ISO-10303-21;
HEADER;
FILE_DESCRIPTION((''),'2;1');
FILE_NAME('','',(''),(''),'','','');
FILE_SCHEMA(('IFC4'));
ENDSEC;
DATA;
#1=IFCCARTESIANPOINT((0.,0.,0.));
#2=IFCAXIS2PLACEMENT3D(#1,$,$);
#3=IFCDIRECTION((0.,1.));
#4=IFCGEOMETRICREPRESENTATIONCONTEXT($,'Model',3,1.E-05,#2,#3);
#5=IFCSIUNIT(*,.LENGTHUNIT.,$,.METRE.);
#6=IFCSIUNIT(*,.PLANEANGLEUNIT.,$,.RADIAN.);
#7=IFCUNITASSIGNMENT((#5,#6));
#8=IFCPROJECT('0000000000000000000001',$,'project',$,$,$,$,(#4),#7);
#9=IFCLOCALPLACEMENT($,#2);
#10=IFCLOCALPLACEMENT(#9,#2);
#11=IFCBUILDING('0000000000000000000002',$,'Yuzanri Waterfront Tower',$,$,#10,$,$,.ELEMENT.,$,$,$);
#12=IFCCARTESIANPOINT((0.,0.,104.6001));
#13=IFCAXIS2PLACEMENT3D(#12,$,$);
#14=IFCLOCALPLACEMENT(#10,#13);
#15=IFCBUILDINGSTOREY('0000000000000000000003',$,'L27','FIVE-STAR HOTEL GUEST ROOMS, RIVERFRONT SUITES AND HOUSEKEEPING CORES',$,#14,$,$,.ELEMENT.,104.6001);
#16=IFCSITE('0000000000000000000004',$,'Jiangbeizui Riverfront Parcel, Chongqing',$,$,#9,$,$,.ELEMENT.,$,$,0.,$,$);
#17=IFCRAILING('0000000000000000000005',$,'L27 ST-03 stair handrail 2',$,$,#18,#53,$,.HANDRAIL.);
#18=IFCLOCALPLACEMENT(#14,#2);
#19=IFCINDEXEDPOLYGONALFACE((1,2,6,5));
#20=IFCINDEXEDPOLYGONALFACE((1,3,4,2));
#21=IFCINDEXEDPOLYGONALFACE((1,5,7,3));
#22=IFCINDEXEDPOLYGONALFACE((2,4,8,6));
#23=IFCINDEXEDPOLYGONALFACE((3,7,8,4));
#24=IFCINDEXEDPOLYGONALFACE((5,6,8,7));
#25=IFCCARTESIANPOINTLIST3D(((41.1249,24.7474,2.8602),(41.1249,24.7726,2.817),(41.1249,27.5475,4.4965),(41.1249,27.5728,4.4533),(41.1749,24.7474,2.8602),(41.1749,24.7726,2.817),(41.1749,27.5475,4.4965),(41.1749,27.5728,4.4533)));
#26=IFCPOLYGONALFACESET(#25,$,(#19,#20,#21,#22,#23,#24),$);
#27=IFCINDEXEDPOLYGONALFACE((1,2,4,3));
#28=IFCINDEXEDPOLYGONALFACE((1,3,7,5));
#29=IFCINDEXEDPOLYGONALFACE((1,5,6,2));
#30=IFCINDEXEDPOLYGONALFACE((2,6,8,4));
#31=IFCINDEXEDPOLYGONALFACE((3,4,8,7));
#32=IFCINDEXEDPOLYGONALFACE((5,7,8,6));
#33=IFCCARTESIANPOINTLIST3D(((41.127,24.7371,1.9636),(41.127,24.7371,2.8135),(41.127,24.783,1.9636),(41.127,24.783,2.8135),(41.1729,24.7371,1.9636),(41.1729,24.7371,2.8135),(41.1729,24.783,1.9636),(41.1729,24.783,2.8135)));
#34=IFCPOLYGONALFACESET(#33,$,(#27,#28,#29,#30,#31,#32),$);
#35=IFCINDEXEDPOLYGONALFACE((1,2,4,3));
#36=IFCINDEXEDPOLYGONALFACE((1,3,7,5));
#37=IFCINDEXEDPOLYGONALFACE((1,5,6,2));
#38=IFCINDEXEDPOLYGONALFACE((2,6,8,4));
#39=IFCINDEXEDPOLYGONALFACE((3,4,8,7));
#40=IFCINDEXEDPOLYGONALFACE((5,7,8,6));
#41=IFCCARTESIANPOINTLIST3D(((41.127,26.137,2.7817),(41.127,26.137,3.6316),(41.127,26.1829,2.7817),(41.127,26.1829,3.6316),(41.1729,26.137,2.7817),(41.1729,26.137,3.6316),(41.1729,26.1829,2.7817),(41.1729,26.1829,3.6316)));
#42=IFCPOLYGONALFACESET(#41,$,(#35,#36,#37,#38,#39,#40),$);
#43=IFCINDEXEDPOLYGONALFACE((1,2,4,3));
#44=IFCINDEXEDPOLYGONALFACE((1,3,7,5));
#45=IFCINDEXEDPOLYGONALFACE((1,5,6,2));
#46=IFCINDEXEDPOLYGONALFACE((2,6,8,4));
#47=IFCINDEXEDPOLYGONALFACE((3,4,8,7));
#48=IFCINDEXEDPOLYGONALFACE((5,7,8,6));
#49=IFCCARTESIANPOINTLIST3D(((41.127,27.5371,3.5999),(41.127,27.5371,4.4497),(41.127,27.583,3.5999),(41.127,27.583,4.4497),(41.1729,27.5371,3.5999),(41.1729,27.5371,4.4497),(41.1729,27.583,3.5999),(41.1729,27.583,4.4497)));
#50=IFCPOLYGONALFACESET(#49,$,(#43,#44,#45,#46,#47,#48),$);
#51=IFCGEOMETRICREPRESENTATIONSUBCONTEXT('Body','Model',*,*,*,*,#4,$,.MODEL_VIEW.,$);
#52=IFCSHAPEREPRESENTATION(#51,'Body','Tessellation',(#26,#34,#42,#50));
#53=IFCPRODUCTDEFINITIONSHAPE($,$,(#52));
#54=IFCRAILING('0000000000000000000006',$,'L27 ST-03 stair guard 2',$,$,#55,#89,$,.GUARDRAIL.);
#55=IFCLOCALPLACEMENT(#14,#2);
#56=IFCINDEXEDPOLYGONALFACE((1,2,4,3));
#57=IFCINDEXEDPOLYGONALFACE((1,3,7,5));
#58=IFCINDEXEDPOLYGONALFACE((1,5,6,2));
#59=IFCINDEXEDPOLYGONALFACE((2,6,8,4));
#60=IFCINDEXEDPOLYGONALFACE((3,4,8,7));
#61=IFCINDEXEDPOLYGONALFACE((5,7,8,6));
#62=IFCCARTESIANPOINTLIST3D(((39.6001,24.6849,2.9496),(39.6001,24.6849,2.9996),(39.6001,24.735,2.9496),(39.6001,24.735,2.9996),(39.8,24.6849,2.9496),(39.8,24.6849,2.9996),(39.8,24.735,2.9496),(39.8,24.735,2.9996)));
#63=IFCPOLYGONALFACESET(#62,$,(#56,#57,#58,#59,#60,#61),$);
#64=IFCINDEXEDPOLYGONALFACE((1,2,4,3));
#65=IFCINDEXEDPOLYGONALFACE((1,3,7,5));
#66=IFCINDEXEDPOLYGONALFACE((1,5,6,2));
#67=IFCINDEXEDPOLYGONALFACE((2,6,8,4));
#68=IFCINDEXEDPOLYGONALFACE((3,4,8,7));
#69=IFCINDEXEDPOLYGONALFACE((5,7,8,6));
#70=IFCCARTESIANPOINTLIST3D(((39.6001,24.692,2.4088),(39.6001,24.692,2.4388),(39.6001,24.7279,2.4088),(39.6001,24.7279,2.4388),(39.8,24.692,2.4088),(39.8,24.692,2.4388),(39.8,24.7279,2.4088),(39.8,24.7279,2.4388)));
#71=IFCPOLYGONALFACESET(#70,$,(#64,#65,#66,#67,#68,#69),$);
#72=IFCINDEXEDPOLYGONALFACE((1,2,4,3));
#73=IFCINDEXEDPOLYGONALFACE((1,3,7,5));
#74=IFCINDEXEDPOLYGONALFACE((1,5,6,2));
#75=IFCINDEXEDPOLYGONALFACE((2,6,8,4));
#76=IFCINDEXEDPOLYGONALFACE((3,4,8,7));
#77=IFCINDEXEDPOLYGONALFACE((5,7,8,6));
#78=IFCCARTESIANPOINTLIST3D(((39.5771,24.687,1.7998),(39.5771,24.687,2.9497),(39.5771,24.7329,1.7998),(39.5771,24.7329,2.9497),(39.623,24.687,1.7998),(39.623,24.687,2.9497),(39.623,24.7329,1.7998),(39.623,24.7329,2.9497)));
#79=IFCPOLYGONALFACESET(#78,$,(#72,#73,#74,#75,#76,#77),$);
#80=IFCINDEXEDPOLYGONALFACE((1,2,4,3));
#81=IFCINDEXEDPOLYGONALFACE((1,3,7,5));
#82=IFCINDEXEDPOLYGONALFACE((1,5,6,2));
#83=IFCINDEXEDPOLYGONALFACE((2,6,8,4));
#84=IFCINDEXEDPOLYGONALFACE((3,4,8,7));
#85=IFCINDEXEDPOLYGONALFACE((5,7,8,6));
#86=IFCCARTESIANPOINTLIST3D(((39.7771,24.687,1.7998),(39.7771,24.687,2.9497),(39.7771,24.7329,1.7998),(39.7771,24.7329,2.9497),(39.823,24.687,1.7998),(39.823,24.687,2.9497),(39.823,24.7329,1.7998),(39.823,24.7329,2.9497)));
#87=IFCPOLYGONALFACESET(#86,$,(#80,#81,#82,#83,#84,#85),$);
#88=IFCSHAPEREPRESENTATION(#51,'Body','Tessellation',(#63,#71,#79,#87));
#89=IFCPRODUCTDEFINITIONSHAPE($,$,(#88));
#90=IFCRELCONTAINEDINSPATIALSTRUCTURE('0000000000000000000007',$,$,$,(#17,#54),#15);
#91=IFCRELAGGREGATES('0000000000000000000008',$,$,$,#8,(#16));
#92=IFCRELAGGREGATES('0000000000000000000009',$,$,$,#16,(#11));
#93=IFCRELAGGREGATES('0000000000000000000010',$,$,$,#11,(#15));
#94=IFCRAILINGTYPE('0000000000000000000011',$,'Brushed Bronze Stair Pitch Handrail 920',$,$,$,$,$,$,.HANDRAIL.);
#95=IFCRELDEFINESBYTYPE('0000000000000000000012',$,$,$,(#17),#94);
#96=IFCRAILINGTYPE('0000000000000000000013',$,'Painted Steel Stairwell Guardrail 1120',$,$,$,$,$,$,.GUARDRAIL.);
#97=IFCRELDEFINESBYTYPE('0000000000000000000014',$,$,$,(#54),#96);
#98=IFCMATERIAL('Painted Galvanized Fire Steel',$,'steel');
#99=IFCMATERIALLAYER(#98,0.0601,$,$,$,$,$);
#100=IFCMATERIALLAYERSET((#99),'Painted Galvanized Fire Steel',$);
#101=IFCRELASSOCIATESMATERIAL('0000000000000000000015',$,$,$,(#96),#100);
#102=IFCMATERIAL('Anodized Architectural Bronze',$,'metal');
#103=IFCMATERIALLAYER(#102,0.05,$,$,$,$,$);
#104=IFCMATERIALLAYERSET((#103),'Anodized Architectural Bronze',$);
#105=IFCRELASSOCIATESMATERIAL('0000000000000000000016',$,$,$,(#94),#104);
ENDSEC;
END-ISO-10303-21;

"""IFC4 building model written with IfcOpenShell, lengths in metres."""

from ifc_helpers import new_model, si_unit, direction, frame, origin, origin_2d, place, context, subcontext, project, spatial, rectangle, extrude, source, transform, mapped, material, layer, layer_set, type_object, element, save


model = new_model("IFC4")

# Units and contexts
model_context = context("Model", 3, precision=1e-05, world=origin(), true_north=direction((0.0, 1.0)))
body_context = subcontext(model_context, "Body", "Model", "MODEL_VIEW")
ifc_project = project(units=[si_unit("LENGTHUNIT", "METRE"), si_unit("PLANEANGLEUNIT", "RADIAN")], contexts=[model_context])

# Site, building, storey
site_placement = place(None, origin())
site = spatial("IfcSite", under=ifc_project, at=site_placement, Name="Jiangbeizui Riverfront Parcel, Chongqing", CompositionType="ELEMENT", RefElevation=0.0)
building_placement = place(site_placement, origin())
building = spatial("IfcBuilding", under=site, at=building_placement, Name="Yuzanri Waterfront Tower", CompositionType="ELEMENT")
storey_placement = place(building_placement, frame((0.0, 0.0, 104.6001)))
storey = spatial("IfcBuildingStorey", under=building, at=storey_placement, Name="L27", Description="FIVE-STAR HOTEL GUEST ROOMS, RIVERFRONT SUITES AND HOUSEKEEPING CORES", CompositionType="ELEMENT", Elevation=104.6001)

# Railings
ifc_material_1 = material(Name="Painted Galvanized Fire Steel", Category="steel")
ifc_layer_1 = layer(ifc_material_1, 0.0601)
ifc_layer_set_1 = layer_set([ifc_layer_1], Name="Painted Galvanized Fire Steel")
railing_type_1 = type_object("IfcRailingType", Name="Painted Steel Stairwell Guardrail 1120", PredefinedType="GUARDRAIL", material=ifc_layer_set_1)
ifc_material_2 = material(Name="Anodized Architectural Bronze", Category="metal")
ifc_layer_2 = layer(ifc_material_2, 0.05)
ifc_layer_set_2 = layer_set([ifc_layer_2], Name="Anodized Architectural Bronze")
railing_type_2 = type_object("IfcRailingType", Name="Brushed Bronze Stair Pitch Handrail 920", PredefinedType="HANDRAIL", material=ifc_layer_set_2)
shared_shape_1 = source(origin(), body_context, "Body", "SweptSolid", [
    extrude(rectangle(XDim=0.05, YDim=0.05, at=origin_2d()), frame((0.0, 0.0, 0.875), z_axis=(0.0, 0.863394, 0.504531), x_axis=(-1.0, 0.0, 0.0)), (0.0, 0.0, 1.0), 3.2432),
    extrude(rectangle(XDim=0.0459, YDim=0.0459, at=origin_2d()), origin(), (0.0, 0.0, 1.0), 0.8499),
    extrude(rectangle(XDim=0.0459, YDim=0.0459, at=origin_2d()), frame((0.0, 1.3999, 0.8181)), (0.0, 0.0, 1.0), 0.8499),
    extrude(rectangle(XDim=0.0459, YDim=0.0459, at=origin_2d()), frame((0.0, 2.8, 1.6362)), (0.0, 0.0, 1.0), 0.8499),
])
railing_1_placement = place(storey_placement, frame((41.1499, 24.76, 1.9636)))
element("IfcRailing", 1, at=railing_1_placement, inside=storey, type_object=railing_type_2, Name="L27 ST-03 stair handrail 2", PredefinedType="HANDRAIL", context=body_context, shape_type="MappedRepresentation", body=[
    mapped(shared_shape_1, transform((0.0, 0.0, 0.0), scale=1.0)),
])
shared_shape_2 = source(origin(), body_context, "Body", "SweptSolid", [
    extrude(rectangle(XDim=0.05, YDim=0.05, at=origin_2d()), frame((0.0, 0.0, 1.1748), z_axis=(1.0, 0.0, 0.0), x_axis=(0.0, 1.0, 0.0)), (0.0, 0.0, 1.0), 0.2),
    extrude(rectangle(XDim=0.0359, YDim=0.03, at=origin_2d()), frame((0.0, 0.0, 0.624), z_axis=(1.0, 0.0, 0.0), x_axis=(0.0, 1.0, 0.0)), (0.0, 0.0, 1.0), 0.2),
    extrude(rectangle(XDim=0.0459, YDim=0.0459, at=origin_2d()), origin(), (0.0, 0.0, 1.0), 1.1499),
    extrude(rectangle(XDim=0.0459, YDim=0.0459, at=origin_2d()), frame((0.2, 0.0, 0.0)), (0.0, 0.0, 1.0), 1.1499),
])
railing_2_placement = place(storey_placement, frame((39.6001, 24.71, 1.7998)))
element("IfcRailing", 2, at=railing_2_placement, inside=storey, type_object=railing_type_1, Name="L27 ST-03 stair guard 2", PredefinedType="GUARDRAIL", context=body_context, shape_type="MappedRepresentation", body=[
    mapped(shared_shape_2, transform((0.0, 0.0, 0.0), scale=1.0)),
])

save(model, "model.ifc")
